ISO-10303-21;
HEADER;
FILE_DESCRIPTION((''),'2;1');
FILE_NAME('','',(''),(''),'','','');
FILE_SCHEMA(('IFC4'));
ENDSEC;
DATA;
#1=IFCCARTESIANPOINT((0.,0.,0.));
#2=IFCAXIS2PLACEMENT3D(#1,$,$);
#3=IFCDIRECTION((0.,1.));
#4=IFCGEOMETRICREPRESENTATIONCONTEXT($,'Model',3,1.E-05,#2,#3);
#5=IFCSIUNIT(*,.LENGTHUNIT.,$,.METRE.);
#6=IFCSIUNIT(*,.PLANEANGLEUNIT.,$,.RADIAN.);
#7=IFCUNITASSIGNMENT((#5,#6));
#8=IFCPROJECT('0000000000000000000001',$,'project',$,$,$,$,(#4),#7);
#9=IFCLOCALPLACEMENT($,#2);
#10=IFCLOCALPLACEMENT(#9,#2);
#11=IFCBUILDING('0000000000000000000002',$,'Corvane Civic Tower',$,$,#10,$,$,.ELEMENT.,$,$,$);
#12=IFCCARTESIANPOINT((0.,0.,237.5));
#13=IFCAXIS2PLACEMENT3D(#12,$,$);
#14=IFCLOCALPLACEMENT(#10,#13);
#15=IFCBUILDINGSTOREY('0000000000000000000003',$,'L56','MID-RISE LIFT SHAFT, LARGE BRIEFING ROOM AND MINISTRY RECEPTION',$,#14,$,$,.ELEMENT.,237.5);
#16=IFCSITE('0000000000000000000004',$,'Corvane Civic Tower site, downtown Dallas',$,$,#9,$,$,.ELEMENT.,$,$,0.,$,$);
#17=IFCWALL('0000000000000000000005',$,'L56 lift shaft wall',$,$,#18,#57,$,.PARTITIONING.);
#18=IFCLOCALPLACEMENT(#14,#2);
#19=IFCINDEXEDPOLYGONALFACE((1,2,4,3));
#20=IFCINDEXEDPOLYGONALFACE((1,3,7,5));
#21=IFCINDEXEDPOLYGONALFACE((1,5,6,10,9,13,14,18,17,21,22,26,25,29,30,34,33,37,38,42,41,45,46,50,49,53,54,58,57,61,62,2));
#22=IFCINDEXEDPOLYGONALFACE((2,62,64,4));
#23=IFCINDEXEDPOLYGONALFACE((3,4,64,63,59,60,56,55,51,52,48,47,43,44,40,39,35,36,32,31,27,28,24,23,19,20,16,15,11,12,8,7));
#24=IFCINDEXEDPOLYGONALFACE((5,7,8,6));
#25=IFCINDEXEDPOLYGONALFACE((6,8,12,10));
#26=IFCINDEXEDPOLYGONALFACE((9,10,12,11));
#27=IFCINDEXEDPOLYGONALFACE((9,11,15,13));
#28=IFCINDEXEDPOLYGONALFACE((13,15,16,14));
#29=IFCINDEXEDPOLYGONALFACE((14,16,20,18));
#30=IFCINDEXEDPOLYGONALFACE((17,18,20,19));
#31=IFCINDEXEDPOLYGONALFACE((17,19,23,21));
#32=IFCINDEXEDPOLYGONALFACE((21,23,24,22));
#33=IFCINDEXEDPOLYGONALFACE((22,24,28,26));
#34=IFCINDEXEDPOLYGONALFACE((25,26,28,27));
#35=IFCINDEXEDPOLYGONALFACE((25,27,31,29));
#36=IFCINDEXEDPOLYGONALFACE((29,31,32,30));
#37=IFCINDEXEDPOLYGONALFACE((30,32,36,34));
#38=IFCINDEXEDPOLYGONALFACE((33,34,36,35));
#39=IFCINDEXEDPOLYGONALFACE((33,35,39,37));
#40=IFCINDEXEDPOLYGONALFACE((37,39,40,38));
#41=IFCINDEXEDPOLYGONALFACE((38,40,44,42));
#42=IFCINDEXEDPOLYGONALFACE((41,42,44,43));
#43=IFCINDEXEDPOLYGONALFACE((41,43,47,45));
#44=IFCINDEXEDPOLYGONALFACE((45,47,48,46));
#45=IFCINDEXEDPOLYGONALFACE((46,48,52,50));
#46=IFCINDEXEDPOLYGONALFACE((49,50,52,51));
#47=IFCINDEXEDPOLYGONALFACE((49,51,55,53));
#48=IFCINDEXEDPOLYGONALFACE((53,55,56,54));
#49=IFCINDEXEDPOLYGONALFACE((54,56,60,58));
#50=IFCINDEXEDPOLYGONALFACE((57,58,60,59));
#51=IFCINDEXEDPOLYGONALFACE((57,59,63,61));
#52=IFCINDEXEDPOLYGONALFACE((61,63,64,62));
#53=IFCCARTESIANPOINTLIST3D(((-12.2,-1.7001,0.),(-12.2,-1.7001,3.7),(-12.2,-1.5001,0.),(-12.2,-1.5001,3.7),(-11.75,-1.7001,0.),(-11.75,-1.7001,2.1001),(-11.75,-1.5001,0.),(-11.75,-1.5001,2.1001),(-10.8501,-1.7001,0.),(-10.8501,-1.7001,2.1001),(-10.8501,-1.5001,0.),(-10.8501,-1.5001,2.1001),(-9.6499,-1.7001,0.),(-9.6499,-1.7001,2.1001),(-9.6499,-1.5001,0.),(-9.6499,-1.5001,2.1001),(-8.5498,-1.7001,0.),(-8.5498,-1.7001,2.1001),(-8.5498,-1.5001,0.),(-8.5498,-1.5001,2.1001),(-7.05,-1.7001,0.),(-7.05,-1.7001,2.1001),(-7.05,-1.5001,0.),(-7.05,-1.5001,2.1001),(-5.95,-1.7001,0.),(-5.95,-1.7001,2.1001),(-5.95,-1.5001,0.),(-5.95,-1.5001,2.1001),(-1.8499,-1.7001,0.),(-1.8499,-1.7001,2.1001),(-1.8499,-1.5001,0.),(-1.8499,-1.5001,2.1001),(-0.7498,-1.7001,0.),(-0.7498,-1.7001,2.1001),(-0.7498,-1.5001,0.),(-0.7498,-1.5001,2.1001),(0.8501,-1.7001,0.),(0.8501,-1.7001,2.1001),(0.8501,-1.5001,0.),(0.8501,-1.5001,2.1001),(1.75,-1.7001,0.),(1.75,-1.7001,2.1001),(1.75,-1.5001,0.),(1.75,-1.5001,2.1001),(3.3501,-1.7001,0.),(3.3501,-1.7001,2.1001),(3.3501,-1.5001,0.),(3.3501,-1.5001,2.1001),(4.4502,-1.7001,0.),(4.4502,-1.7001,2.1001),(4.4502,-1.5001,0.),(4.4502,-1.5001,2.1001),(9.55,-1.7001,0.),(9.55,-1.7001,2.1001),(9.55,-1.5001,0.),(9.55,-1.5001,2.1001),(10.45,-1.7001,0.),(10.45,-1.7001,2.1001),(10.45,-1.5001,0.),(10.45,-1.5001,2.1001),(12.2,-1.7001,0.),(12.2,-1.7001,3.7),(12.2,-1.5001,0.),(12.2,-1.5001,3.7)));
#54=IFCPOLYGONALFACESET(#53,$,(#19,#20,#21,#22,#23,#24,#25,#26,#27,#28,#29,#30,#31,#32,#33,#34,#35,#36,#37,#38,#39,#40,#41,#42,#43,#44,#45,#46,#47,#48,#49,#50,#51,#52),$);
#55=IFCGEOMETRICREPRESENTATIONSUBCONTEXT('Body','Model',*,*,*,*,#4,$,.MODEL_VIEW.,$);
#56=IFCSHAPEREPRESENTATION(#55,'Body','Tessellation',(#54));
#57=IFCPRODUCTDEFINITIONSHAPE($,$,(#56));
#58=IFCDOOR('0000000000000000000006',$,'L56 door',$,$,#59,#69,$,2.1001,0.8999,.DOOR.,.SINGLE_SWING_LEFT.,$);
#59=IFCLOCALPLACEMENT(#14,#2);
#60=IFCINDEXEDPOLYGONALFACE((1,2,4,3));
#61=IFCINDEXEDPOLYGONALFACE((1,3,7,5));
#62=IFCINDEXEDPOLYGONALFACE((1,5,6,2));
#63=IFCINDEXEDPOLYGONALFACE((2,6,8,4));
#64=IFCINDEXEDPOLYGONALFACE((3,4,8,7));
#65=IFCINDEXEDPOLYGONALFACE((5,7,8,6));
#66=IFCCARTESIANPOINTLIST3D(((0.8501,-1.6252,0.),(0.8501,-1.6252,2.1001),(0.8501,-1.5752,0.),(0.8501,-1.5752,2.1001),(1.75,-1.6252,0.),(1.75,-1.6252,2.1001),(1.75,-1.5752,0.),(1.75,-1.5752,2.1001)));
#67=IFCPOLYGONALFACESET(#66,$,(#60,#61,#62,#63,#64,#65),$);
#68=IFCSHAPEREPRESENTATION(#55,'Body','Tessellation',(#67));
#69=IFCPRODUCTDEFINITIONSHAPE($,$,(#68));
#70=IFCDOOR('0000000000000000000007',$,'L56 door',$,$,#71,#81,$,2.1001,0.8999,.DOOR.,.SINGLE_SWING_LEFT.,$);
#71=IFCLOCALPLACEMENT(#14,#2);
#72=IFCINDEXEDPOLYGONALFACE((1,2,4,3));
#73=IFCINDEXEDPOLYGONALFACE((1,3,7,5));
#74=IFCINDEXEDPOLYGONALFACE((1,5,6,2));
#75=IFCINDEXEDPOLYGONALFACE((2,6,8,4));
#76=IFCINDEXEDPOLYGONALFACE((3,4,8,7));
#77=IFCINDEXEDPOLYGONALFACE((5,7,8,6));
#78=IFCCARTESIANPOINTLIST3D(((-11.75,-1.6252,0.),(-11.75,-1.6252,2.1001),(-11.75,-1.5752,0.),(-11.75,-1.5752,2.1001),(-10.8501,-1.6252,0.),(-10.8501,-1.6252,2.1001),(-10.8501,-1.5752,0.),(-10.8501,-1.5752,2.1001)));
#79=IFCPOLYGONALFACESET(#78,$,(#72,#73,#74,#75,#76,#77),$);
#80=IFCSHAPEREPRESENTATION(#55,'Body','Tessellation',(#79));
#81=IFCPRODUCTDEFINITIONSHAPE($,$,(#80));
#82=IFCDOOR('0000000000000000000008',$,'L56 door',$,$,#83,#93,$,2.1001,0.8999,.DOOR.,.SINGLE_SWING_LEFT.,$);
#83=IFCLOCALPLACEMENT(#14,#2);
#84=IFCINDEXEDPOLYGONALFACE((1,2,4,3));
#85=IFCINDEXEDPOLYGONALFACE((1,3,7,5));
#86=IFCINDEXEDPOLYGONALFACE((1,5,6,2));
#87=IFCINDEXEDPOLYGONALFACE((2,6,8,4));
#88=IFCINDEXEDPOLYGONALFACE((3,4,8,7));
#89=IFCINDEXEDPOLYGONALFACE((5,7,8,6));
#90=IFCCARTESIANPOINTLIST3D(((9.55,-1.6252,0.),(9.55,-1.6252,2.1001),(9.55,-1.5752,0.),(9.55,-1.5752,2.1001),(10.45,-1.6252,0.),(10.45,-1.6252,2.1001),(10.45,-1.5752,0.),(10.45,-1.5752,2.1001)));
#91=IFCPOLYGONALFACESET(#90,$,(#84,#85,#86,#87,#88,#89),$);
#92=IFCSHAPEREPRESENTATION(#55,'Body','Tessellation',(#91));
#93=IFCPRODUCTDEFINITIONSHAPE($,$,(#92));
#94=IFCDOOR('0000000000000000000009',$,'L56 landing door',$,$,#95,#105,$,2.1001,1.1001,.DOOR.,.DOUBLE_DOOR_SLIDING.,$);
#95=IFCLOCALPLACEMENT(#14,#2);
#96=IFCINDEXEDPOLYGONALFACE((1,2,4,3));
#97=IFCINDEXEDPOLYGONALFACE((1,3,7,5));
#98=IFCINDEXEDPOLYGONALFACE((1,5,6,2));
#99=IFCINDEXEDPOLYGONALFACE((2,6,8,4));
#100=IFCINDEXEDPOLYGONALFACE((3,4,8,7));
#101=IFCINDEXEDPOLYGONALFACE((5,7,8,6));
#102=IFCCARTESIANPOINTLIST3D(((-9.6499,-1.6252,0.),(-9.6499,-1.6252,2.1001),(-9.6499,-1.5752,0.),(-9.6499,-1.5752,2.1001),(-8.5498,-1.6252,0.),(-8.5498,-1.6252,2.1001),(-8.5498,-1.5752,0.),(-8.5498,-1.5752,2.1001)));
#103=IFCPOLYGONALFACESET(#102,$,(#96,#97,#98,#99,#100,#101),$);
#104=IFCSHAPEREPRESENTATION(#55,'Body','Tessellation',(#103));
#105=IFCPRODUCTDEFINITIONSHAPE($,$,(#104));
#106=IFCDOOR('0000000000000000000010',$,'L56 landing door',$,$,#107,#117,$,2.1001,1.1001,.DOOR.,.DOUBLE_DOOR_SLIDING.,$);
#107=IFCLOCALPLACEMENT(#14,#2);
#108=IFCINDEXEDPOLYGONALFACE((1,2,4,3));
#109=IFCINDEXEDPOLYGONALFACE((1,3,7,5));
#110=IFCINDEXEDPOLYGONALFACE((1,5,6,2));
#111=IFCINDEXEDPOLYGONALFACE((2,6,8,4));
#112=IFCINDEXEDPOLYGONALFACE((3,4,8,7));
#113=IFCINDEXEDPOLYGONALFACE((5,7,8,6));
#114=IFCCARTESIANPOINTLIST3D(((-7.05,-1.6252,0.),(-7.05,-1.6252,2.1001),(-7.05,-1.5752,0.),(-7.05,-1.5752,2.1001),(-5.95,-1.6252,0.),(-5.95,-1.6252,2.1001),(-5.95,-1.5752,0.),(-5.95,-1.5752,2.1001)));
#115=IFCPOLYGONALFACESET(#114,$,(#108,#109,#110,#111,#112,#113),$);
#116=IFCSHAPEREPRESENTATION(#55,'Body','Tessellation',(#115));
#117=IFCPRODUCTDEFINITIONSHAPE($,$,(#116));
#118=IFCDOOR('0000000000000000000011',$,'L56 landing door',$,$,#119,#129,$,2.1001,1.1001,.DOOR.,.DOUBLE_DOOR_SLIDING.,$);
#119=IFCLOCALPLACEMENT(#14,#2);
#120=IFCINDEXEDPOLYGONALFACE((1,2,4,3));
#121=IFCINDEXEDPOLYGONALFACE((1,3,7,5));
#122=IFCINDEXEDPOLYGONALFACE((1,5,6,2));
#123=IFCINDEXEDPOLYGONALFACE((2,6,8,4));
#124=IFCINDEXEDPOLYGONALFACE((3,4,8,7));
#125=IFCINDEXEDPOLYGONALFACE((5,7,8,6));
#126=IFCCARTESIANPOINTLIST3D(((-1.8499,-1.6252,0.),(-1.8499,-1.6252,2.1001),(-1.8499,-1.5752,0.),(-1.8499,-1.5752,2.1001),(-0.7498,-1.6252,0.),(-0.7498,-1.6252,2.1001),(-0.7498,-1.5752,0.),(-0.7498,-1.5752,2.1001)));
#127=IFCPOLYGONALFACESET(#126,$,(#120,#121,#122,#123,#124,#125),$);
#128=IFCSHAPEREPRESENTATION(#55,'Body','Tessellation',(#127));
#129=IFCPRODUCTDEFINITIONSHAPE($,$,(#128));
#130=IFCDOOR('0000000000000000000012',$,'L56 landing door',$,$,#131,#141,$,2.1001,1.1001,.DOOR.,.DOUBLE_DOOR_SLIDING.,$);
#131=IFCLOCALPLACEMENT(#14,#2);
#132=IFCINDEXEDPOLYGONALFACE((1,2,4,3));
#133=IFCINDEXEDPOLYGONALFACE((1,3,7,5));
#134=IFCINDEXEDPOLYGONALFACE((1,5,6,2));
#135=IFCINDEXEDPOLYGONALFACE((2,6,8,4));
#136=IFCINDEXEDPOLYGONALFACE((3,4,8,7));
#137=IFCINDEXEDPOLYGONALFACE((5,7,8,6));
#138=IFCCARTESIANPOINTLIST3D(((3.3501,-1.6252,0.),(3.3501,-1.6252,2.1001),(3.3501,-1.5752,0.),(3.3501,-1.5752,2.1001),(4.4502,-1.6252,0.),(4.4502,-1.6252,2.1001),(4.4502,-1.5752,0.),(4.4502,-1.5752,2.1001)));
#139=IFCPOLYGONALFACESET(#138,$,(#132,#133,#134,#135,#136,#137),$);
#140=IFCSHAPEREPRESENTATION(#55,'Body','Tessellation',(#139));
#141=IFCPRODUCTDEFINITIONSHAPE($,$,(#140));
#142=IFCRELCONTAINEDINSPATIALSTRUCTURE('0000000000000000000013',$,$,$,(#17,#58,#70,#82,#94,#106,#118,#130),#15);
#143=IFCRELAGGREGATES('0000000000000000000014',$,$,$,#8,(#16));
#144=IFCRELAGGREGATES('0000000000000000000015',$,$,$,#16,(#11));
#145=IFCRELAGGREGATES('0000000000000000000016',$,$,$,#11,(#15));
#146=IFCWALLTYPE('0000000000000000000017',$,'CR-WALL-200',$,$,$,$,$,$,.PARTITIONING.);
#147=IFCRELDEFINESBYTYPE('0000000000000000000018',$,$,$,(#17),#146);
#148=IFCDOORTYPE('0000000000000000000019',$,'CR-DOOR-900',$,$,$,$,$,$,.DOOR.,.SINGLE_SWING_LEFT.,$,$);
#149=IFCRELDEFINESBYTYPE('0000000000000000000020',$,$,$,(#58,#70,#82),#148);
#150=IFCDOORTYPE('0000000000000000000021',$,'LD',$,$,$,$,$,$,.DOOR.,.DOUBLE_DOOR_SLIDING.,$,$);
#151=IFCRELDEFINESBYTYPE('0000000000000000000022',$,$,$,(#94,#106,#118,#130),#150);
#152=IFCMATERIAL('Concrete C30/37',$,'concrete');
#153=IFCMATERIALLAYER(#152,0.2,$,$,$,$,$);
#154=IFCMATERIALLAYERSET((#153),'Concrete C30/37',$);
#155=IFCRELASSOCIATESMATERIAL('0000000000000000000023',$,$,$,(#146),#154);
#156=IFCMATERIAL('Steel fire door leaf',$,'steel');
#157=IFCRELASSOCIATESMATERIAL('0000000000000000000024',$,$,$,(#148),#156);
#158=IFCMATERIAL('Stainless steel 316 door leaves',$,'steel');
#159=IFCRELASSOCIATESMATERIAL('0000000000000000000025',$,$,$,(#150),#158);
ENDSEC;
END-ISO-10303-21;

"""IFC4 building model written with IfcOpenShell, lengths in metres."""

from ifc_helpers import new_model, si_unit, direction, frame, frame_2d, origin, place, context, subcontext, project, spatial, rectangle, extrude, material, layer, layer_set, type_object, element, fill, save


model = new_model("IFC4")

# Units and contexts
model_context = context("Model", 3, precision=1e-05, world=origin(), true_north=direction((0.0, 1.0)))
body_context = subcontext(model_context, "Body", "Model", "MODEL_VIEW")
ifc_project = project(units=[si_unit("LENGTHUNIT", "METRE"), si_unit("PLANEANGLEUNIT", "RADIAN")], contexts=[model_context])

# Site, building, storey
site_placement = place(None, origin())
site = spatial("IfcSite", under=ifc_project, at=site_placement, Name="Corvane Civic Tower site, downtown Dallas", CompositionType="ELEMENT", RefElevation=0.0)
building_placement = place(site_placement, origin())
building = spatial("IfcBuilding", under=site, at=building_placement, Name="Corvane Civic Tower", CompositionType="ELEMENT")
storey_placement = place(building_placement, frame((0.0, 0.0, 237.5)))
storey = spatial("IfcBuildingStorey", under=building, at=storey_placement, Name="L56", Description="MID-RISE LIFT SHAFT, LARGE BRIEFING ROOM AND MINISTRY RECEPTION", CompositionType="ELEMENT", Elevation=237.5)

# Shared definitions
ifc_material_1 = material(Name="Concrete C30/37", Category="concrete")
ifc_layer_1 = layer(ifc_material_1, 0.2)
ifc_layer_set_1 = layer_set([ifc_layer_1], Name="Concrete C30/37")
wall_type_1 = type_object("IfcWallType", Name="CR-WALL-200", PredefinedType="PARTITIONING", material=ifc_layer_set_1)
ifc_material_2 = material(Name="Steel fire door leaf", Category="steel")
door_type_1 = type_object("IfcDoorType", Name="CR-DOOR-900", OperationType="SINGLE_SWING_LEFT", PredefinedType="DOOR", material=ifc_material_2)

# Wall, openings, doors
wall_1_placement = place(storey_placement, frame((-12.2, -1.6001, 0.0), z_axis=(0.0, 0.0, 1.0), x_axis=(1.0, 0.0, 0.0)))
wall_1 = element("IfcWall", 1, at=wall_1_placement, inside=storey, type_object=wall_type_1, Name="L56 lift shaft wall", PredefinedType="PARTITIONING", context=body_context, shape_type="SweptSolid", body=[
    extrude(rectangle(XDim=24.3999, YDim=0.2, at=frame_2d((12.2, 0.0))), origin(), (0.0, 0.0, 1.0), 3.7),
])
opening_1_placement = place(wall_1_placement, frame((2.55, 0.0, 0.0)))
opening_1 = element("IfcOpeningElement", 2, at=opening_1_placement, cuts=wall_1, PredefinedType="OPENING", context=body_context, shape_type="SweptSolid", body=[
    extrude(rectangle(XDim=1.1001, YDim=2.1001, at=frame_2d((0.55, 1.05))), frame((0.0, 0.1099, 0.0), z_axis=(0.0, -1.0, 0.0), x_axis=(1.0, 0.0, 0.0)), (0.0, 0.0, 1.0), 0.22),
])
opening_2_placement = place(wall_1_placement, frame((5.1499, 0.0, 0.0)))
opening_2 = element("IfcOpeningElement", 3, at=opening_2_placement, cuts=wall_1, PredefinedType="OPENING", context=body_context, shape_type="SweptSolid", body=[
    extrude(rectangle(XDim=1.1001, YDim=2.1001, at=frame_2d((0.55, 1.05))), frame((0.0, 0.1099, 0.0), z_axis=(0.0, -1.0, 0.0), x_axis=(1.0, 0.0, 0.0)), (0.0, 0.0, 1.0), 0.22),
])
opening_3_placement = place(wall_1_placement, frame((10.3501, 0.0, 0.0)))
opening_3 = element("IfcOpeningElement", 4, at=opening_3_placement, cuts=wall_1, PredefinedType="OPENING", context=body_context, shape_type="SweptSolid", body=[
    extrude(rectangle(XDim=1.1001, YDim=2.1001, at=frame_2d((0.55, 1.05))), frame((0.0, 0.1099, 0.0), z_axis=(0.0, -1.0, 0.0), x_axis=(1.0, 0.0, 0.0)), (0.0, 0.0, 1.0), 0.22),
])
opening_4_placement = place(wall_1_placement, frame((13.05, 0.0, 0.0)))
opening_4 = element("IfcOpeningElement", 5, at=opening_4_placement, cuts=wall_1, PredefinedType="OPENING", context=body_context, shape_type="SweptSolid", body=[
    extrude(rectangle(XDim=0.8999, YDim=2.1001, at=frame_2d((0.45, 1.05))), frame((0.0, 0.1099, 0.0), z_axis=(0.0, -1.0, 0.0), x_axis=(1.0, 0.0, 0.0)), (0.0, 0.0, 1.0), 0.22),
])
opening_5_placement = place(wall_1_placement, frame((15.55, 0.0, 0.0)))
opening_5 = element("IfcOpeningElement", 6, at=opening_5_placement, cuts=wall_1, PredefinedType="OPENING", context=body_context, shape_type="SweptSolid", body=[
    extrude(rectangle(XDim=1.1001, YDim=2.1001, at=frame_2d((0.55, 1.05))), frame((0.0, 0.1099, 0.0), z_axis=(0.0, -1.0, 0.0), x_axis=(1.0, 0.0, 0.0)), (0.0, 0.0, 1.0), 0.22),
])
opening_6_placement = place(wall_1_placement, frame((0.45, 0.0, 0.0)))
opening_6 = element("IfcOpeningElement", 7, at=opening_6_placement, cuts=wall_1, PredefinedType="OPENING", context=body_context, shape_type="SweptSolid", body=[
    extrude(rectangle(XDim=0.8999, YDim=2.1001, at=frame_2d((0.45, 1.05))), frame((0.0, 0.1099, 0.0), z_axis=(0.0, -1.0, 0.0), x_axis=(1.0, 0.0, 0.0)), (0.0, 0.0, 1.0), 0.22),
])
opening_7_placement = place(wall_1_placement, frame((21.75, 0.0, 0.0)))
opening_7 = element("IfcOpeningElement", 8, at=opening_7_placement, cuts=wall_1, PredefinedType="OPENING", context=body_context, shape_type="SweptSolid", body=[
    extrude(rectangle(XDim=0.8999, YDim=2.1001, at=frame_2d((0.45, 1.05))), frame((0.0, 0.1099, 0.0), z_axis=(0.0, -1.0, 0.0), x_axis=(1.0, 0.0, 0.0)), (0.0, 0.0, 1.0), 0.22),
])
door_1_placement = place(opening_4_placement, origin())
door_1 = element("IfcDoor", 9, at=door_1_placement, inside=storey, type_object=door_type_1, Name="L56 door", OperationType="SINGLE_SWING_LEFT", OverallHeight=2.1001, OverallWidth=0.8999, PredefinedType="DOOR", context=body_context, shape_type="SweptSolid", body=[
    extrude(rectangle(XDim=0.8999, YDim=2.1001, at=frame_2d((0.45, 1.05))), frame((0.0, 0.0249, 0.0), z_axis=(0.0, -1.0, 0.0), x_axis=(1.0, 0.0, 0.0)), (0.0, 0.0, 1.0), 0.05),
])
fill(opening_4, door_1)
door_2_placement = place(opening_6_placement, origin())
door_2 = element("IfcDoor", 10, at=door_2_placement, inside=storey, type_object=door_type_1, Name="L56 door", OperationType="SINGLE_SWING_LEFT", OverallHeight=2.1001, OverallWidth=0.8999, PredefinedType="DOOR", context=body_context, shape_type="SweptSolid", body=[
    extrude(rectangle(XDim=0.8999, YDim=2.1001, at=frame_2d((0.45, 1.05))), frame((0.0, 0.0249, 0.0), z_axis=(0.0, -1.0, 0.0), x_axis=(1.0, 0.0, 0.0)), (0.0, 0.0, 1.0), 0.05),
])
fill(opening_6, door_2)
door_3_placement = place(opening_7_placement, origin())
door_3 = element("IfcDoor", 11, at=door_3_placement, inside=storey, type_object=door_type_1, Name="L56 door", OperationType="SINGLE_SWING_LEFT", OverallHeight=2.1001, OverallWidth=0.8999, PredefinedType="DOOR", context=body_context, shape_type="SweptSolid", body=[
    extrude(rectangle(XDim=0.8999, YDim=2.1001, at=frame_2d((0.45, 1.05))), frame((0.0, 0.0249, 0.0), z_axis=(0.0, -1.0, 0.0), x_axis=(1.0, 0.0, 0.0)), (0.0, 0.0, 1.0), 0.05),
])
fill(opening_7, door_3)
ifc_material_3 = material(Name="Stainless steel 316 door leaves", Category="steel")
door_type_2 = type_object("IfcDoorType", Name="LD", OperationType="DOUBLE_DOOR_SLIDING", PredefinedType="DOOR", material=ifc_material_3)
door_4_placement = place(opening_1_placement, origin())
door_4 = element("IfcDoor", 12, at=door_4_placement, inside=storey, type_object=door_type_2, Name="L56 landing door", OperationType="DOUBLE_DOOR_SLIDING", OverallHeight=2.1001, OverallWidth=1.1001, PredefinedType="DOOR", context=body_context, shape_type="SweptSolid", body=[
    extrude(rectangle(XDim=1.1001, YDim=2.1001, at=frame_2d((0.55, 1.05))), frame((0.0, 0.0249, 0.0), z_axis=(0.0, -1.0, 0.0), x_axis=(1.0, 0.0, 0.0)), (0.0, 0.0, 1.0), 0.05),
])
fill(opening_1, door_4)
door_5_placement = place(opening_2_placement, origin())
door_5 = element("IfcDoor", 13, at=door_5_placement, inside=storey, type_object=door_type_2, Name="L56 landing door", OperationType="DOUBLE_DOOR_SLIDING", OverallHeight=2.1001, OverallWidth=1.1001, PredefinedType="DOOR", context=body_context, shape_type="SweptSolid", body=[
    extrude(rectangle(XDim=1.1001, YDim=2.1001, at=frame_2d((0.55, 1.05))), frame((0.0, 0.0249, 0.0), z_axis=(0.0, -1.0, 0.0), x_axis=(1.0, 0.0, 0.0)), (0.0, 0.0, 1.0), 0.05),
])
fill(opening_2, door_5)
door_6_placement = place(opening_3_placement, origin())
door_6 = element("IfcDoor", 14, at=door_6_placement, inside=storey, type_object=door_type_2, Name="L56 landing door", OperationType="DOUBLE_DOOR_SLIDING", OverallHeight=2.1001, OverallWidth=1.1001, PredefinedType="DOOR", context=body_context, shape_type="SweptSolid", body=[
    extrude(rectangle(XDim=1.1001, YDim=2.1001, at=frame_2d((0.55, 1.05))), frame((0.0, 0.0249, 0.0), z_axis=(0.0, -1.0, 0.0), x_axis=(1.0, 0.0, 0.0)), (0.0, 0.0, 1.0), 0.05),
])
fill(opening_3, door_6)
door_7_placement = place(opening_5_placement, origin())
door_7 = element("IfcDoor", 15, at=door_7_placement, inside=storey, type_object=door_type_2, Name="L56 landing door", OperationType="DOUBLE_DOOR_SLIDING", OverallHeight=2.1001, OverallWidth=1.1001, PredefinedType="DOOR", context=body_context, shape_type="SweptSolid", body=[
    extrude(rectangle(XDim=1.1001, YDim=2.1001, at=frame_2d((0.55, 1.05))), frame((0.0, 0.0249, 0.0), z_axis=(0.0, -1.0, 0.0), x_axis=(1.0, 0.0, 0.0)), (0.0, 0.0, 1.0), 0.05),
])
fill(opening_5, door_7)

save(model, "model.ifc")
